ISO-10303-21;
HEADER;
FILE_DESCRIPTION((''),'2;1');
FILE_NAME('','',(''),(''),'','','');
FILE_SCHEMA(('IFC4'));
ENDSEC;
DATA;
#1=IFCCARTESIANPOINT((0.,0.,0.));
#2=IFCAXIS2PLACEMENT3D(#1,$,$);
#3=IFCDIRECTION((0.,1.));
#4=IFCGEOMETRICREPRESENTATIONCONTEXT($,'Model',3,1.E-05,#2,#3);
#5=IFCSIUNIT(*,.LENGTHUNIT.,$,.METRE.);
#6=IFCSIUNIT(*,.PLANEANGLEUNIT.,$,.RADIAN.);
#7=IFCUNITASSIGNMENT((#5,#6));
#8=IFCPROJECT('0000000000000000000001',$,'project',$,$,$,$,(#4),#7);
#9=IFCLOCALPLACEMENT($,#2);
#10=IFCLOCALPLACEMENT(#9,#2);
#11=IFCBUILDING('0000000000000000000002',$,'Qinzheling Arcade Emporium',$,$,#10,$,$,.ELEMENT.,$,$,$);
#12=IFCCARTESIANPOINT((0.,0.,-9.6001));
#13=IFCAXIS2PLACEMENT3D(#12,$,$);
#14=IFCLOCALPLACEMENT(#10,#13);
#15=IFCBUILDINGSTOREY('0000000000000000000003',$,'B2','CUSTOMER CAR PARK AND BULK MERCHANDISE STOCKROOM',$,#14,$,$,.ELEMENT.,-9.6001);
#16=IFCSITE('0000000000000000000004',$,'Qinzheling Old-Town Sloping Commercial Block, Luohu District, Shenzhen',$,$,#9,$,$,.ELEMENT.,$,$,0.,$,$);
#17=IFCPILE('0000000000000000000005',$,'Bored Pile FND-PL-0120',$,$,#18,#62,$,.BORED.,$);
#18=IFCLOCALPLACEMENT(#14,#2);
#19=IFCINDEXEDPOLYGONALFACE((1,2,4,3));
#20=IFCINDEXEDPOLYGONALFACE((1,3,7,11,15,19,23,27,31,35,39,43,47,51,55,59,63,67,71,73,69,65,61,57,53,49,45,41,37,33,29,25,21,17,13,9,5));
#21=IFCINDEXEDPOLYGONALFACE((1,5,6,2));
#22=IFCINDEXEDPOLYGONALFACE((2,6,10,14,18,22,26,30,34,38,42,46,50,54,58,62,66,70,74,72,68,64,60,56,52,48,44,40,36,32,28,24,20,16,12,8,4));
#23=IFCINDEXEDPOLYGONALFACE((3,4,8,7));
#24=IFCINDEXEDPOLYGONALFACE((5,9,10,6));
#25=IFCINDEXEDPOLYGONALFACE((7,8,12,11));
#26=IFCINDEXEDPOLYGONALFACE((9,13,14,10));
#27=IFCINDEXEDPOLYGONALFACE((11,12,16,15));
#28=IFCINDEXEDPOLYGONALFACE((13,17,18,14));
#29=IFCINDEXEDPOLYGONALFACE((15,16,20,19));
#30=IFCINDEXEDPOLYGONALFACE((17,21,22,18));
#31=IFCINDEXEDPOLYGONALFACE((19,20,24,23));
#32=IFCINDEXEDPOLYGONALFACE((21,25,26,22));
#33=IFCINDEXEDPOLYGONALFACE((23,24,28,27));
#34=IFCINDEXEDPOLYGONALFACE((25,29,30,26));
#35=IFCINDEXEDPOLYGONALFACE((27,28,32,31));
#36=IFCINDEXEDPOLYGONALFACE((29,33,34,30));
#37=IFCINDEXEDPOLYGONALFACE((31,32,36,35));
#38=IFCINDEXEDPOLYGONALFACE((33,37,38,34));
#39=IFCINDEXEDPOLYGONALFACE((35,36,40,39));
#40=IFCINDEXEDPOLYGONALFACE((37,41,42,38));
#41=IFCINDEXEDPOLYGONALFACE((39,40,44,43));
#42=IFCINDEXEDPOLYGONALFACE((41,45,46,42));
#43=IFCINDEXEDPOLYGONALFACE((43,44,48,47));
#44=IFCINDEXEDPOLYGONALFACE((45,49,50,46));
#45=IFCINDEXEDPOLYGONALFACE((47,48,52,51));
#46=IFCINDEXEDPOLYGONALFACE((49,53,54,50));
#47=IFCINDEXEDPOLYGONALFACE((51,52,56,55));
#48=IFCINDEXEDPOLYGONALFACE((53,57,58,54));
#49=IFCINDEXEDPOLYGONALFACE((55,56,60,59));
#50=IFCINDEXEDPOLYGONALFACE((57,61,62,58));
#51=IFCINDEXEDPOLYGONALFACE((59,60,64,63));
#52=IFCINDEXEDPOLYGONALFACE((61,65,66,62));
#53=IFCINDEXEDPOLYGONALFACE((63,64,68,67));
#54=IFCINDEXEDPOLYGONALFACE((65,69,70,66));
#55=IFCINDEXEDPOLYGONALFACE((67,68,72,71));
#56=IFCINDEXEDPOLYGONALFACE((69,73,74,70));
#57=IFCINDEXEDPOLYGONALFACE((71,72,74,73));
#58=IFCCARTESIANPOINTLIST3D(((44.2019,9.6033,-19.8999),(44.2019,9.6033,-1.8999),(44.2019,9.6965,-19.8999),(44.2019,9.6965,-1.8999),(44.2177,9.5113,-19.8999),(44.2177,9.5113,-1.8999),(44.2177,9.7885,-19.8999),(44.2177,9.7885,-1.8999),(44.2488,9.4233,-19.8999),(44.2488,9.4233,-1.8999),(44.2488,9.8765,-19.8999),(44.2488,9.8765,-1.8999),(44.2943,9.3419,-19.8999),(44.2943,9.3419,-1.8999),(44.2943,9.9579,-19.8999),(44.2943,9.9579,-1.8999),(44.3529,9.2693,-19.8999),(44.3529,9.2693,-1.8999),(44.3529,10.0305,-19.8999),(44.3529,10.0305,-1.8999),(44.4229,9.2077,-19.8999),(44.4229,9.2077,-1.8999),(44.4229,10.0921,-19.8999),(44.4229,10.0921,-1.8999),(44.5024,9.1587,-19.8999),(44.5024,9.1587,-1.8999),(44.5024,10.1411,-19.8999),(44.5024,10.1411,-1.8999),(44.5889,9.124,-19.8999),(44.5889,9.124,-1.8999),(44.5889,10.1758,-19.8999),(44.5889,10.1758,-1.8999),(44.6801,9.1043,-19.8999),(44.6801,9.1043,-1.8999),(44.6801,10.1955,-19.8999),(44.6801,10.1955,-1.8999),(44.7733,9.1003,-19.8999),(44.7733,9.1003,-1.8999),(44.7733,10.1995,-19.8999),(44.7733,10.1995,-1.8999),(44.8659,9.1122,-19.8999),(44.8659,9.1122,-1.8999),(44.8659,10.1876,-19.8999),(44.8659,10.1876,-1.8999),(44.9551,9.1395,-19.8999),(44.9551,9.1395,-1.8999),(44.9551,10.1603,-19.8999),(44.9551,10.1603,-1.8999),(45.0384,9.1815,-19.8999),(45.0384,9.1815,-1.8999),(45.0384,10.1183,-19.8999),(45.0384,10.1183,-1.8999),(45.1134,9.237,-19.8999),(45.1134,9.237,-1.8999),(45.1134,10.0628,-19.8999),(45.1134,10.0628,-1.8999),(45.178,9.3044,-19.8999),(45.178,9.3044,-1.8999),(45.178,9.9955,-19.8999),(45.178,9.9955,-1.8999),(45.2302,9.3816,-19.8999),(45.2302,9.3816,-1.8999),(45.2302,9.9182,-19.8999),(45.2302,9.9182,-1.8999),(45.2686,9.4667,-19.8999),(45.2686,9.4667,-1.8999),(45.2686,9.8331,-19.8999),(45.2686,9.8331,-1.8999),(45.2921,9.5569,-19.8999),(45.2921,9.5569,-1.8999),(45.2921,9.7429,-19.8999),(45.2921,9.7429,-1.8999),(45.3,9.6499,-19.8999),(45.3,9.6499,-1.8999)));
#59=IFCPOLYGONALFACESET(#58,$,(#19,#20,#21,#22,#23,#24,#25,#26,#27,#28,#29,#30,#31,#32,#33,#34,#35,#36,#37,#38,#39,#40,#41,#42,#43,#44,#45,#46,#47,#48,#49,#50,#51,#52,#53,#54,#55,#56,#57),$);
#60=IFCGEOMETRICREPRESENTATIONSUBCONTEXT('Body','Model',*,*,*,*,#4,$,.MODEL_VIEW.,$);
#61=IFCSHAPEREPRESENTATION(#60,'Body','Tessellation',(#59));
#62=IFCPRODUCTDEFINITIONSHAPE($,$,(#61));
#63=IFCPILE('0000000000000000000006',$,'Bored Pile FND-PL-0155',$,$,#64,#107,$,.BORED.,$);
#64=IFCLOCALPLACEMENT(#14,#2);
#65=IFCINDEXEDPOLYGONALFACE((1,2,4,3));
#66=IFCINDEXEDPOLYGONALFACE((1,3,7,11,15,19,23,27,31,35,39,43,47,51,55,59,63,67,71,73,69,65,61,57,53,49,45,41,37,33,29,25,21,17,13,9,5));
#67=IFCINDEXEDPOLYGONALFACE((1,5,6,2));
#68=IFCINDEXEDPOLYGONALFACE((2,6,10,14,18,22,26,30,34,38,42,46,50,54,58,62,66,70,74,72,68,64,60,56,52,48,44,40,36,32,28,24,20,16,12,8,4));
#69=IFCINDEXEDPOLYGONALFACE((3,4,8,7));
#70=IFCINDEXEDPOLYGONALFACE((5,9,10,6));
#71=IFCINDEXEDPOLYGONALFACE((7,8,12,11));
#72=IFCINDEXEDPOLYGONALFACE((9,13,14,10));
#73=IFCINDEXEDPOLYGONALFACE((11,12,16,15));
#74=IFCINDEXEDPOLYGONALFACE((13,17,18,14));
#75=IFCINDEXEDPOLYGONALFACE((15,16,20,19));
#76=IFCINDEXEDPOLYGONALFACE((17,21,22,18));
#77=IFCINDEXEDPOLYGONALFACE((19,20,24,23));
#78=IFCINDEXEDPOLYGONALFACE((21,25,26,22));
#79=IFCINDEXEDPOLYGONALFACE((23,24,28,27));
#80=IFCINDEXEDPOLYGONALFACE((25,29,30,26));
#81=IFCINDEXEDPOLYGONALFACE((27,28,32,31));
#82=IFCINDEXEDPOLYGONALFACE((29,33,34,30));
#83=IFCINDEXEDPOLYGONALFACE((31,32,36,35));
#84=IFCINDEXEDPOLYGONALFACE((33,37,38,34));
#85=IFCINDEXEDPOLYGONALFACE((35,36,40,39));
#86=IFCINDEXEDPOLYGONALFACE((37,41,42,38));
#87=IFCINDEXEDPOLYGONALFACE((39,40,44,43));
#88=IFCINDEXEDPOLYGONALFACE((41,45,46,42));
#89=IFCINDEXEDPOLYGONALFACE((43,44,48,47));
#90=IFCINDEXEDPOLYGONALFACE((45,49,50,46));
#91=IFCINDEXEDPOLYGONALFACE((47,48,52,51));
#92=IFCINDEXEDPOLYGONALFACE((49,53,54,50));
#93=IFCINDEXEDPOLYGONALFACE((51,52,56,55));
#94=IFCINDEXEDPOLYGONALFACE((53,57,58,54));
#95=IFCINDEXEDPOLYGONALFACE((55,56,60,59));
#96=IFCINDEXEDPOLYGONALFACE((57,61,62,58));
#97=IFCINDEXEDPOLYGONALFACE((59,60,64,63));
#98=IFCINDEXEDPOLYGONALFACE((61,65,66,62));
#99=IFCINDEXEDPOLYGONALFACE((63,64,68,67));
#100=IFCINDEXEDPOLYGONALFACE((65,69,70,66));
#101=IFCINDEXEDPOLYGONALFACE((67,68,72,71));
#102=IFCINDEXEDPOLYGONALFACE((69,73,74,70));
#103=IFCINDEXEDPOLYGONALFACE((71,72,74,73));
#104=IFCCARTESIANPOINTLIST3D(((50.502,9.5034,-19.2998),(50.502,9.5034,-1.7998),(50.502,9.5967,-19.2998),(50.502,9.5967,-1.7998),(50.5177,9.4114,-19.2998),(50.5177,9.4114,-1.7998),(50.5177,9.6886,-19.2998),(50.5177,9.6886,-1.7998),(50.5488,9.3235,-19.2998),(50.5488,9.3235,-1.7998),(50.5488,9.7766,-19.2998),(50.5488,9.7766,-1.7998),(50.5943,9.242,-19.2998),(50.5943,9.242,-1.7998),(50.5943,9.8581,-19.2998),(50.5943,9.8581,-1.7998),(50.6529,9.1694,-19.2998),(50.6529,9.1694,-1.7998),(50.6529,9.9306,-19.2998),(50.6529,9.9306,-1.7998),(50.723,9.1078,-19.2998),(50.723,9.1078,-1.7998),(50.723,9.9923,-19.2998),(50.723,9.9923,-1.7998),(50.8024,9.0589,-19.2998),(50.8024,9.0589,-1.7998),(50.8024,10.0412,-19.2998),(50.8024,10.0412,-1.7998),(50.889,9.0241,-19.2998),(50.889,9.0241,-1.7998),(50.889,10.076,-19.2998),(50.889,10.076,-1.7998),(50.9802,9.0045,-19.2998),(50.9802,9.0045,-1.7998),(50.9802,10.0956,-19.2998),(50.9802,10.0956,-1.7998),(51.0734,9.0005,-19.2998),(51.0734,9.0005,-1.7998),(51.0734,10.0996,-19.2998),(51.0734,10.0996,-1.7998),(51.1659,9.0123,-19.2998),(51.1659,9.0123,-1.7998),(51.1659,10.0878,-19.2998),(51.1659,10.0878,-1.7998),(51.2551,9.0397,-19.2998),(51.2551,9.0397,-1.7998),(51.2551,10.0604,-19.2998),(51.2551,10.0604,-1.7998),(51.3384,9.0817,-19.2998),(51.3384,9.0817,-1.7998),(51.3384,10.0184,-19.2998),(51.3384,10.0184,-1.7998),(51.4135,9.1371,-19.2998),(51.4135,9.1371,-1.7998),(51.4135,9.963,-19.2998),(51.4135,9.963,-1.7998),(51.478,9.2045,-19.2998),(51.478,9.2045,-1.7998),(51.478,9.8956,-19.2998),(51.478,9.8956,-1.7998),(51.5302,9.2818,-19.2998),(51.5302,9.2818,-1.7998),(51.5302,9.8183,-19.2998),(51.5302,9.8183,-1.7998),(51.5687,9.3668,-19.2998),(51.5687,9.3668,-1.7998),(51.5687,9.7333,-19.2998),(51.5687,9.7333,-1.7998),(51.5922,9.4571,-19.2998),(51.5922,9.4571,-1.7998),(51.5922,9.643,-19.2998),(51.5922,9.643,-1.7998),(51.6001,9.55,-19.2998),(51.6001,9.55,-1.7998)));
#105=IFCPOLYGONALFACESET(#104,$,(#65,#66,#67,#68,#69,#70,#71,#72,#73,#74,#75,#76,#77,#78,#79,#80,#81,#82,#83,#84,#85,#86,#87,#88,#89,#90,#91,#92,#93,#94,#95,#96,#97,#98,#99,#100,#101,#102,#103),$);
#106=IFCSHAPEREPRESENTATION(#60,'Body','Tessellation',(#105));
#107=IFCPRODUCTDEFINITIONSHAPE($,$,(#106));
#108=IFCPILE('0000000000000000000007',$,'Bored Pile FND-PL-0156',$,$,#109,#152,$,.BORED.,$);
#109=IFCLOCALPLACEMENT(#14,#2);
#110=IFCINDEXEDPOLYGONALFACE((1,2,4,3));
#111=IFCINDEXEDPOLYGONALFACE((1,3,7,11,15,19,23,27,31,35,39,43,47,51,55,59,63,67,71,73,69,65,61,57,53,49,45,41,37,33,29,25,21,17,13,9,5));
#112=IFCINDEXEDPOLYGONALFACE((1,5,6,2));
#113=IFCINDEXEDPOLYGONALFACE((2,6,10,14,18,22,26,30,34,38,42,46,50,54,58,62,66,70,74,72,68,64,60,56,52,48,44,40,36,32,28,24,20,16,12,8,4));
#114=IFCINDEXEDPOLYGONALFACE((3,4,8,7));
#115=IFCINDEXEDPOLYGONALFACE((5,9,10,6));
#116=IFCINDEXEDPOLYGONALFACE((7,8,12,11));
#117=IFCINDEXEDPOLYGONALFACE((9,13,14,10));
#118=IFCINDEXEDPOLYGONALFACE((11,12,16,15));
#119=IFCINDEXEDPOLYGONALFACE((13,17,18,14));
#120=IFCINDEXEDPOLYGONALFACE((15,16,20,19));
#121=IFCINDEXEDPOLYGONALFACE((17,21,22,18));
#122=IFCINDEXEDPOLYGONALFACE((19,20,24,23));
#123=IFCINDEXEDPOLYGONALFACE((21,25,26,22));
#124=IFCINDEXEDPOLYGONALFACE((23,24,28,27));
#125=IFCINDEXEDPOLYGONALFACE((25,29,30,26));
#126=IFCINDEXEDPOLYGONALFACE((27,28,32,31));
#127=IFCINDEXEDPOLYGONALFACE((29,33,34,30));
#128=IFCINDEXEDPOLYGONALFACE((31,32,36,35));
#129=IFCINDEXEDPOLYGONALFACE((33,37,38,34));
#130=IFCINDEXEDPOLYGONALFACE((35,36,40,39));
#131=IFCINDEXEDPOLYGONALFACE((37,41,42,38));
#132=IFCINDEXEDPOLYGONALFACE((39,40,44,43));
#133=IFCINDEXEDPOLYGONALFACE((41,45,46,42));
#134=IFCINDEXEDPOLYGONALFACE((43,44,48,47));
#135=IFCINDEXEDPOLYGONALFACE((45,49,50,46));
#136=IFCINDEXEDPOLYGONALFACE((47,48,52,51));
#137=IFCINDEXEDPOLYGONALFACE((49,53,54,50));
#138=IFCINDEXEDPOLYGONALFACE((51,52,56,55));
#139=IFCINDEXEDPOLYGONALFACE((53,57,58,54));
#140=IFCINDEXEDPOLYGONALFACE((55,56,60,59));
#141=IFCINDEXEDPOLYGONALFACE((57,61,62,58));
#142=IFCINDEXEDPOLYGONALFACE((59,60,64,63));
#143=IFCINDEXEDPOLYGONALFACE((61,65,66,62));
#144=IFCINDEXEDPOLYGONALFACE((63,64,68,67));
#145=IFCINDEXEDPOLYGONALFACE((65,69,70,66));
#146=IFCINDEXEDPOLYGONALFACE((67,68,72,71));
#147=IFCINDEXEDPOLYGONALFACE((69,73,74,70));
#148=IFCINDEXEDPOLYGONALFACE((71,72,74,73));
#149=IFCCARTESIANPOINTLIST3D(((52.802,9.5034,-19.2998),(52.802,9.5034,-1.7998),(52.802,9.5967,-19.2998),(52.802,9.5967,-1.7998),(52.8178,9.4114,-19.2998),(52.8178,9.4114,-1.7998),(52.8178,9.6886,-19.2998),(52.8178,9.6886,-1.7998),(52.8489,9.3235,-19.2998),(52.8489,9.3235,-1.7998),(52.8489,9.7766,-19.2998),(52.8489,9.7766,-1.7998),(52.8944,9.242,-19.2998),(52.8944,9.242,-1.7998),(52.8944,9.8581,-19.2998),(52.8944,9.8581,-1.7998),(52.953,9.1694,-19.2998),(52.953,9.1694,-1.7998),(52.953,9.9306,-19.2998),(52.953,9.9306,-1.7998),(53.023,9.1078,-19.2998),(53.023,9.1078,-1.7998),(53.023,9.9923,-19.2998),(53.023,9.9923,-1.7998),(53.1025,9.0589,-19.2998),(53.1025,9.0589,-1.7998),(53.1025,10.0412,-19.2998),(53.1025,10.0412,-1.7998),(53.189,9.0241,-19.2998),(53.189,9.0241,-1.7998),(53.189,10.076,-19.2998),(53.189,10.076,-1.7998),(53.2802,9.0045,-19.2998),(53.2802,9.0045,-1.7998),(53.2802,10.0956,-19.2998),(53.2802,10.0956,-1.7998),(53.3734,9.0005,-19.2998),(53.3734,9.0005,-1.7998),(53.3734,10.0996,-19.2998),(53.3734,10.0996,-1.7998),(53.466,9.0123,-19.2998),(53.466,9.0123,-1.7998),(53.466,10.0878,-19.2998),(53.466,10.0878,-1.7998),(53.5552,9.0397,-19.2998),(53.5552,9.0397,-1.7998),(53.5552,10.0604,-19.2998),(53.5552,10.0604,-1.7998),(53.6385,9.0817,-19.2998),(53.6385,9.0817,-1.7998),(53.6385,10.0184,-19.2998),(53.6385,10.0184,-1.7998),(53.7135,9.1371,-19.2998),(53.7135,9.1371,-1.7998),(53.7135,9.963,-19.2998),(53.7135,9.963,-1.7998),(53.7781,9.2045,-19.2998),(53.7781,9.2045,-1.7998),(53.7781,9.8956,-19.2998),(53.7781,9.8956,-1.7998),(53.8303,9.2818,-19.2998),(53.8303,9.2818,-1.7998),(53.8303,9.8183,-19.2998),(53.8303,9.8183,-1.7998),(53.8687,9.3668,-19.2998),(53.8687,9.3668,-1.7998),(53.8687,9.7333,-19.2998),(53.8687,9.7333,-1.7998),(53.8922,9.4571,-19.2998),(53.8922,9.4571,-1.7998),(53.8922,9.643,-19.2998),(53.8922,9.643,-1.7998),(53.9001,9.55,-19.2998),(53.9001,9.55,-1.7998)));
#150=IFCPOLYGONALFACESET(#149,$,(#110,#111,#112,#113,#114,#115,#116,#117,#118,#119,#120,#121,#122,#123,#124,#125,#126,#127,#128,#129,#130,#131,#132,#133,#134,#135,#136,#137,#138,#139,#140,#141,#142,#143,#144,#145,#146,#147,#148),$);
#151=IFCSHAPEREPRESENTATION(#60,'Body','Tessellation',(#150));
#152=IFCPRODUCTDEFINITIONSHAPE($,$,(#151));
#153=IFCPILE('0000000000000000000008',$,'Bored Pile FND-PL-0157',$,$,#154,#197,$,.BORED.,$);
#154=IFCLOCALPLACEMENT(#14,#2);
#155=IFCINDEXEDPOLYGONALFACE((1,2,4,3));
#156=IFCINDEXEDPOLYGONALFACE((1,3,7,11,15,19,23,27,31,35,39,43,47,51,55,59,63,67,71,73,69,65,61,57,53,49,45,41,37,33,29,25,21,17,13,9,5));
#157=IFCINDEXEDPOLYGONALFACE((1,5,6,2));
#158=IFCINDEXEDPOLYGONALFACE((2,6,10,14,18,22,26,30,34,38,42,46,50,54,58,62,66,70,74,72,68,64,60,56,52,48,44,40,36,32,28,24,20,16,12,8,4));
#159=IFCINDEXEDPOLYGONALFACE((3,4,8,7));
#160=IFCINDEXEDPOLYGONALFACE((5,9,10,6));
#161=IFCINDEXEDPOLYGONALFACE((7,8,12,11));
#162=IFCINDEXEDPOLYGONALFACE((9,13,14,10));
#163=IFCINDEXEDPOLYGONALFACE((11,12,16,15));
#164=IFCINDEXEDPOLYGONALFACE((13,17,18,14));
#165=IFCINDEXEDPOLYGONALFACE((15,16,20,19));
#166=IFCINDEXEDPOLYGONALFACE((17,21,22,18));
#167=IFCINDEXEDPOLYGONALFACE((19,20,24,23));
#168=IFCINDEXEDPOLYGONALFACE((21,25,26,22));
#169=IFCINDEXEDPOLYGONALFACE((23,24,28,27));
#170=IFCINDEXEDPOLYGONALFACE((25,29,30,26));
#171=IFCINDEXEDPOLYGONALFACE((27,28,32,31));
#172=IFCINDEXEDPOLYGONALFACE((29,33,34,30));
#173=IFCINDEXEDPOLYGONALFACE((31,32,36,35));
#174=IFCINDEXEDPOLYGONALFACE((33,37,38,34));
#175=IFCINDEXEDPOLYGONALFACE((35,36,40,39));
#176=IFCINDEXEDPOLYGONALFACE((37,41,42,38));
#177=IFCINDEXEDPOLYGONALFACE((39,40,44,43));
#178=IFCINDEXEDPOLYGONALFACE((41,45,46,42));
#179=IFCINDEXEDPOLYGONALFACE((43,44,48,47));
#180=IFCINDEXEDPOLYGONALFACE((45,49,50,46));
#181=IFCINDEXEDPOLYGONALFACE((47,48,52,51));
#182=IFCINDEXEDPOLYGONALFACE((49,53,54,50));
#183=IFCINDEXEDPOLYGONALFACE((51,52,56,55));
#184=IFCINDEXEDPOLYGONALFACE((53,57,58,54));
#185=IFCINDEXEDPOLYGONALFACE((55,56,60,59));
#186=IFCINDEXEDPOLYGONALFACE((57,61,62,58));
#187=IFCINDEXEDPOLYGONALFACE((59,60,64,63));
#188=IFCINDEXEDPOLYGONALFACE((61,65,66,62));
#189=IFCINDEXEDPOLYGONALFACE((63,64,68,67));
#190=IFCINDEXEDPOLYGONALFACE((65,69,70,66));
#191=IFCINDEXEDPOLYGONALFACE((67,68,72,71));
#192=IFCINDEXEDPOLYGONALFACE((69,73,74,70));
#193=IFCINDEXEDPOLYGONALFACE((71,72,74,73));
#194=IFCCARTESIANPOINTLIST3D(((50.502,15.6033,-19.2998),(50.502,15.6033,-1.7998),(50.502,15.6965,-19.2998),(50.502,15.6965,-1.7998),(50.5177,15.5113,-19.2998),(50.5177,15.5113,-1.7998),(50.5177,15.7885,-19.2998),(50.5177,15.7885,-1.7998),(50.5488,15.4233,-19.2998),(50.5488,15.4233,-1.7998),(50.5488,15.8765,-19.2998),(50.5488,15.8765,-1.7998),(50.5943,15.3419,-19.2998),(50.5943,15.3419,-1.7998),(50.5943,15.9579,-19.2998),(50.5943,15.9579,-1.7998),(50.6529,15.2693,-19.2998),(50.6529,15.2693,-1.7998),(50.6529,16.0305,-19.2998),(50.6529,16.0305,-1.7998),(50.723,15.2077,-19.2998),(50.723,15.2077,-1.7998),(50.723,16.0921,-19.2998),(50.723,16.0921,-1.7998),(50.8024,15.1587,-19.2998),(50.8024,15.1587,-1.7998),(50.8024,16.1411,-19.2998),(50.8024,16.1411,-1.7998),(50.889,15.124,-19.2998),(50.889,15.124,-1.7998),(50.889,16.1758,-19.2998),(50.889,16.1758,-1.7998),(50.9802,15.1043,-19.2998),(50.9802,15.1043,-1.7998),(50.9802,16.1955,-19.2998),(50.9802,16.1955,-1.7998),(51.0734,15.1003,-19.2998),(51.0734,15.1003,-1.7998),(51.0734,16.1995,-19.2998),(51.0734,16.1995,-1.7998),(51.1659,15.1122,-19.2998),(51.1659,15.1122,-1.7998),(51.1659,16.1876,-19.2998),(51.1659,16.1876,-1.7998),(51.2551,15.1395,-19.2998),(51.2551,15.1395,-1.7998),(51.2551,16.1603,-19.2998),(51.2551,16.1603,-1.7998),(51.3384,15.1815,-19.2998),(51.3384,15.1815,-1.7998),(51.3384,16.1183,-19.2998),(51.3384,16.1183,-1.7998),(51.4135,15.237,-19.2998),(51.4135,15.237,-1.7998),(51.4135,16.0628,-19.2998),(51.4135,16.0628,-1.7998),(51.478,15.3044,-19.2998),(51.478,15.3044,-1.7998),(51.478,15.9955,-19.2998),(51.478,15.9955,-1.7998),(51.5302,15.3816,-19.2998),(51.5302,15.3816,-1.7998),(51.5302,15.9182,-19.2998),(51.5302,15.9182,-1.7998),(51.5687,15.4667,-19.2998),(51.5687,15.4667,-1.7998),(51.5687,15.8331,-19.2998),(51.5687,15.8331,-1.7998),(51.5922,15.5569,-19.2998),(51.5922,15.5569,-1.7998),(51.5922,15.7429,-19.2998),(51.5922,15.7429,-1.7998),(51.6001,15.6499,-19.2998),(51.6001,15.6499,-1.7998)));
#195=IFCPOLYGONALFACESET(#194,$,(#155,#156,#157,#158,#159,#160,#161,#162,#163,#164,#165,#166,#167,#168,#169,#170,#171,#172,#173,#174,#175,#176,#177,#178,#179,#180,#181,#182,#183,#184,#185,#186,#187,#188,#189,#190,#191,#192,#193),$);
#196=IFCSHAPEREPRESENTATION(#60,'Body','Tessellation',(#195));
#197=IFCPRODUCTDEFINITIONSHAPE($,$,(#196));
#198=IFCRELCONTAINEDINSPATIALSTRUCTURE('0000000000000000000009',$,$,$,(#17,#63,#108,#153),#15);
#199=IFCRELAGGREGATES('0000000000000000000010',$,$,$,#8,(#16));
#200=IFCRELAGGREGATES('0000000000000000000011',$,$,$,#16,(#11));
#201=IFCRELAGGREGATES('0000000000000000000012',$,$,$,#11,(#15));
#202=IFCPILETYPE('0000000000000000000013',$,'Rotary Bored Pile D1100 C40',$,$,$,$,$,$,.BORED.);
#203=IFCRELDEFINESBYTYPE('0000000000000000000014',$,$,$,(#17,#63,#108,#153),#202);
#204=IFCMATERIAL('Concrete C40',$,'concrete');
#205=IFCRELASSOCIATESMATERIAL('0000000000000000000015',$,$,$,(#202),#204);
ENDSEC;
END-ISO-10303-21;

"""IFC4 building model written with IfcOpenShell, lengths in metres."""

from ifc_helpers import new_model, si_unit, direction, frame, origin, origin_2d, place, context, subcontext, project, spatial, circle, extrude, material, material_profile, profile_set, type_object, element, save


model = new_model("IFC4")

# Units and contexts
model_context = context("Model", 3, precision=1e-05, world=origin(), true_north=direction((0.0, 1.0)))
body_context = subcontext(model_context, "Body", "Model", "MODEL_VIEW")
ifc_project = project(units=[si_unit("LENGTHUNIT", "METRE"), si_unit("PLANEANGLEUNIT", "RADIAN")], contexts=[model_context])

# Site, building, storey
site_placement = place(None, origin())
site = spatial("IfcSite", under=ifc_project, at=site_placement, Name="Qinzheling Old-Town Sloping Commercial Block, Luohu District, Shenzhen", CompositionType="ELEMENT", RefElevation=0.0)
building_placement = place(site_placement, origin())
building = spatial("IfcBuilding", under=site, at=building_placement, Name="Qinzheling Arcade Emporium", CompositionType="ELEMENT")
storey_placement = place(building_placement, frame((0.0, 0.0, -9.6001)))
storey = spatial("IfcBuildingStorey", under=building, at=storey_placement, Name="B2", Description="CUSTOMER CAR PARK AND BULK MERCHANDISE STOCKROOM", CompositionType="ELEMENT", Elevation=-9.6001)

# Shared definitions
ifc_material_1 = material(Name="Concrete C40", Category="concrete")

# Piles
ifc_material_profile_1 = material_profile(ifc_material_1, circle(Radius=0.55, at=origin_2d()), Name="BORED D1100", Category="concrete")
ifc_profile_set_1 = profile_set([ifc_material_profile_1], Name="Concrete C40")
pile_type_1 = type_object("IfcPileType", Name="Rotary Bored Pile D1100 C40", PredefinedType="BORED", material=ifc_profile_set_1)
for number, where, z_axis, x_axis, name in (
    (1, (44.75, 9.6499, -1.8999), (0.0, 0.0, -1.0), (1.0, 0.0, 0.0), "Bored Pile FND-PL-0120"),
):
    element("IfcPile", number, at=place(storey_placement, frame(where, z_axis=z_axis, x_axis=x_axis)), inside=storey, type_object=pile_type_1, Name=name, PredefinedType="BORED", context=body_context, shape_type="SweptSolid", body=[
        extrude(circle(Radius=0.55, at=origin_2d()), origin(), (0.0, 0.0, 1.0), 18.0),
    ])
for number, where, z_axis, x_axis, name in (
    (2, (51.05, 9.55, -1.7998), (0.0, 0.0, -1.0), (1.0, 0.0, 0.0), "Bored Pile FND-PL-0155"),
    (3, (53.3501, 9.55, -1.7998), (0.0, 0.0, -1.0), (1.0, 0.0, 0.0), "Bored Pile FND-PL-0156"),
    (4, (51.05, 15.6499, -1.7998), (0.0, 0.0, -1.0), (1.0, 0.0, 0.0), "Bored Pile FND-PL-0157"),
):
    element("IfcPile", number, at=place(storey_placement, frame(where, z_axis=z_axis, x_axis=x_axis)), inside=storey, type_object=pile_type_1, Name=name, PredefinedType="BORED", context=body_context, shape_type="SweptSolid", body=[
        extrude(circle(Radius=0.55, at=origin_2d()), origin(), (0.0, 0.0, 1.0), 17.5),
    ])

save(model, "model.ifc")
